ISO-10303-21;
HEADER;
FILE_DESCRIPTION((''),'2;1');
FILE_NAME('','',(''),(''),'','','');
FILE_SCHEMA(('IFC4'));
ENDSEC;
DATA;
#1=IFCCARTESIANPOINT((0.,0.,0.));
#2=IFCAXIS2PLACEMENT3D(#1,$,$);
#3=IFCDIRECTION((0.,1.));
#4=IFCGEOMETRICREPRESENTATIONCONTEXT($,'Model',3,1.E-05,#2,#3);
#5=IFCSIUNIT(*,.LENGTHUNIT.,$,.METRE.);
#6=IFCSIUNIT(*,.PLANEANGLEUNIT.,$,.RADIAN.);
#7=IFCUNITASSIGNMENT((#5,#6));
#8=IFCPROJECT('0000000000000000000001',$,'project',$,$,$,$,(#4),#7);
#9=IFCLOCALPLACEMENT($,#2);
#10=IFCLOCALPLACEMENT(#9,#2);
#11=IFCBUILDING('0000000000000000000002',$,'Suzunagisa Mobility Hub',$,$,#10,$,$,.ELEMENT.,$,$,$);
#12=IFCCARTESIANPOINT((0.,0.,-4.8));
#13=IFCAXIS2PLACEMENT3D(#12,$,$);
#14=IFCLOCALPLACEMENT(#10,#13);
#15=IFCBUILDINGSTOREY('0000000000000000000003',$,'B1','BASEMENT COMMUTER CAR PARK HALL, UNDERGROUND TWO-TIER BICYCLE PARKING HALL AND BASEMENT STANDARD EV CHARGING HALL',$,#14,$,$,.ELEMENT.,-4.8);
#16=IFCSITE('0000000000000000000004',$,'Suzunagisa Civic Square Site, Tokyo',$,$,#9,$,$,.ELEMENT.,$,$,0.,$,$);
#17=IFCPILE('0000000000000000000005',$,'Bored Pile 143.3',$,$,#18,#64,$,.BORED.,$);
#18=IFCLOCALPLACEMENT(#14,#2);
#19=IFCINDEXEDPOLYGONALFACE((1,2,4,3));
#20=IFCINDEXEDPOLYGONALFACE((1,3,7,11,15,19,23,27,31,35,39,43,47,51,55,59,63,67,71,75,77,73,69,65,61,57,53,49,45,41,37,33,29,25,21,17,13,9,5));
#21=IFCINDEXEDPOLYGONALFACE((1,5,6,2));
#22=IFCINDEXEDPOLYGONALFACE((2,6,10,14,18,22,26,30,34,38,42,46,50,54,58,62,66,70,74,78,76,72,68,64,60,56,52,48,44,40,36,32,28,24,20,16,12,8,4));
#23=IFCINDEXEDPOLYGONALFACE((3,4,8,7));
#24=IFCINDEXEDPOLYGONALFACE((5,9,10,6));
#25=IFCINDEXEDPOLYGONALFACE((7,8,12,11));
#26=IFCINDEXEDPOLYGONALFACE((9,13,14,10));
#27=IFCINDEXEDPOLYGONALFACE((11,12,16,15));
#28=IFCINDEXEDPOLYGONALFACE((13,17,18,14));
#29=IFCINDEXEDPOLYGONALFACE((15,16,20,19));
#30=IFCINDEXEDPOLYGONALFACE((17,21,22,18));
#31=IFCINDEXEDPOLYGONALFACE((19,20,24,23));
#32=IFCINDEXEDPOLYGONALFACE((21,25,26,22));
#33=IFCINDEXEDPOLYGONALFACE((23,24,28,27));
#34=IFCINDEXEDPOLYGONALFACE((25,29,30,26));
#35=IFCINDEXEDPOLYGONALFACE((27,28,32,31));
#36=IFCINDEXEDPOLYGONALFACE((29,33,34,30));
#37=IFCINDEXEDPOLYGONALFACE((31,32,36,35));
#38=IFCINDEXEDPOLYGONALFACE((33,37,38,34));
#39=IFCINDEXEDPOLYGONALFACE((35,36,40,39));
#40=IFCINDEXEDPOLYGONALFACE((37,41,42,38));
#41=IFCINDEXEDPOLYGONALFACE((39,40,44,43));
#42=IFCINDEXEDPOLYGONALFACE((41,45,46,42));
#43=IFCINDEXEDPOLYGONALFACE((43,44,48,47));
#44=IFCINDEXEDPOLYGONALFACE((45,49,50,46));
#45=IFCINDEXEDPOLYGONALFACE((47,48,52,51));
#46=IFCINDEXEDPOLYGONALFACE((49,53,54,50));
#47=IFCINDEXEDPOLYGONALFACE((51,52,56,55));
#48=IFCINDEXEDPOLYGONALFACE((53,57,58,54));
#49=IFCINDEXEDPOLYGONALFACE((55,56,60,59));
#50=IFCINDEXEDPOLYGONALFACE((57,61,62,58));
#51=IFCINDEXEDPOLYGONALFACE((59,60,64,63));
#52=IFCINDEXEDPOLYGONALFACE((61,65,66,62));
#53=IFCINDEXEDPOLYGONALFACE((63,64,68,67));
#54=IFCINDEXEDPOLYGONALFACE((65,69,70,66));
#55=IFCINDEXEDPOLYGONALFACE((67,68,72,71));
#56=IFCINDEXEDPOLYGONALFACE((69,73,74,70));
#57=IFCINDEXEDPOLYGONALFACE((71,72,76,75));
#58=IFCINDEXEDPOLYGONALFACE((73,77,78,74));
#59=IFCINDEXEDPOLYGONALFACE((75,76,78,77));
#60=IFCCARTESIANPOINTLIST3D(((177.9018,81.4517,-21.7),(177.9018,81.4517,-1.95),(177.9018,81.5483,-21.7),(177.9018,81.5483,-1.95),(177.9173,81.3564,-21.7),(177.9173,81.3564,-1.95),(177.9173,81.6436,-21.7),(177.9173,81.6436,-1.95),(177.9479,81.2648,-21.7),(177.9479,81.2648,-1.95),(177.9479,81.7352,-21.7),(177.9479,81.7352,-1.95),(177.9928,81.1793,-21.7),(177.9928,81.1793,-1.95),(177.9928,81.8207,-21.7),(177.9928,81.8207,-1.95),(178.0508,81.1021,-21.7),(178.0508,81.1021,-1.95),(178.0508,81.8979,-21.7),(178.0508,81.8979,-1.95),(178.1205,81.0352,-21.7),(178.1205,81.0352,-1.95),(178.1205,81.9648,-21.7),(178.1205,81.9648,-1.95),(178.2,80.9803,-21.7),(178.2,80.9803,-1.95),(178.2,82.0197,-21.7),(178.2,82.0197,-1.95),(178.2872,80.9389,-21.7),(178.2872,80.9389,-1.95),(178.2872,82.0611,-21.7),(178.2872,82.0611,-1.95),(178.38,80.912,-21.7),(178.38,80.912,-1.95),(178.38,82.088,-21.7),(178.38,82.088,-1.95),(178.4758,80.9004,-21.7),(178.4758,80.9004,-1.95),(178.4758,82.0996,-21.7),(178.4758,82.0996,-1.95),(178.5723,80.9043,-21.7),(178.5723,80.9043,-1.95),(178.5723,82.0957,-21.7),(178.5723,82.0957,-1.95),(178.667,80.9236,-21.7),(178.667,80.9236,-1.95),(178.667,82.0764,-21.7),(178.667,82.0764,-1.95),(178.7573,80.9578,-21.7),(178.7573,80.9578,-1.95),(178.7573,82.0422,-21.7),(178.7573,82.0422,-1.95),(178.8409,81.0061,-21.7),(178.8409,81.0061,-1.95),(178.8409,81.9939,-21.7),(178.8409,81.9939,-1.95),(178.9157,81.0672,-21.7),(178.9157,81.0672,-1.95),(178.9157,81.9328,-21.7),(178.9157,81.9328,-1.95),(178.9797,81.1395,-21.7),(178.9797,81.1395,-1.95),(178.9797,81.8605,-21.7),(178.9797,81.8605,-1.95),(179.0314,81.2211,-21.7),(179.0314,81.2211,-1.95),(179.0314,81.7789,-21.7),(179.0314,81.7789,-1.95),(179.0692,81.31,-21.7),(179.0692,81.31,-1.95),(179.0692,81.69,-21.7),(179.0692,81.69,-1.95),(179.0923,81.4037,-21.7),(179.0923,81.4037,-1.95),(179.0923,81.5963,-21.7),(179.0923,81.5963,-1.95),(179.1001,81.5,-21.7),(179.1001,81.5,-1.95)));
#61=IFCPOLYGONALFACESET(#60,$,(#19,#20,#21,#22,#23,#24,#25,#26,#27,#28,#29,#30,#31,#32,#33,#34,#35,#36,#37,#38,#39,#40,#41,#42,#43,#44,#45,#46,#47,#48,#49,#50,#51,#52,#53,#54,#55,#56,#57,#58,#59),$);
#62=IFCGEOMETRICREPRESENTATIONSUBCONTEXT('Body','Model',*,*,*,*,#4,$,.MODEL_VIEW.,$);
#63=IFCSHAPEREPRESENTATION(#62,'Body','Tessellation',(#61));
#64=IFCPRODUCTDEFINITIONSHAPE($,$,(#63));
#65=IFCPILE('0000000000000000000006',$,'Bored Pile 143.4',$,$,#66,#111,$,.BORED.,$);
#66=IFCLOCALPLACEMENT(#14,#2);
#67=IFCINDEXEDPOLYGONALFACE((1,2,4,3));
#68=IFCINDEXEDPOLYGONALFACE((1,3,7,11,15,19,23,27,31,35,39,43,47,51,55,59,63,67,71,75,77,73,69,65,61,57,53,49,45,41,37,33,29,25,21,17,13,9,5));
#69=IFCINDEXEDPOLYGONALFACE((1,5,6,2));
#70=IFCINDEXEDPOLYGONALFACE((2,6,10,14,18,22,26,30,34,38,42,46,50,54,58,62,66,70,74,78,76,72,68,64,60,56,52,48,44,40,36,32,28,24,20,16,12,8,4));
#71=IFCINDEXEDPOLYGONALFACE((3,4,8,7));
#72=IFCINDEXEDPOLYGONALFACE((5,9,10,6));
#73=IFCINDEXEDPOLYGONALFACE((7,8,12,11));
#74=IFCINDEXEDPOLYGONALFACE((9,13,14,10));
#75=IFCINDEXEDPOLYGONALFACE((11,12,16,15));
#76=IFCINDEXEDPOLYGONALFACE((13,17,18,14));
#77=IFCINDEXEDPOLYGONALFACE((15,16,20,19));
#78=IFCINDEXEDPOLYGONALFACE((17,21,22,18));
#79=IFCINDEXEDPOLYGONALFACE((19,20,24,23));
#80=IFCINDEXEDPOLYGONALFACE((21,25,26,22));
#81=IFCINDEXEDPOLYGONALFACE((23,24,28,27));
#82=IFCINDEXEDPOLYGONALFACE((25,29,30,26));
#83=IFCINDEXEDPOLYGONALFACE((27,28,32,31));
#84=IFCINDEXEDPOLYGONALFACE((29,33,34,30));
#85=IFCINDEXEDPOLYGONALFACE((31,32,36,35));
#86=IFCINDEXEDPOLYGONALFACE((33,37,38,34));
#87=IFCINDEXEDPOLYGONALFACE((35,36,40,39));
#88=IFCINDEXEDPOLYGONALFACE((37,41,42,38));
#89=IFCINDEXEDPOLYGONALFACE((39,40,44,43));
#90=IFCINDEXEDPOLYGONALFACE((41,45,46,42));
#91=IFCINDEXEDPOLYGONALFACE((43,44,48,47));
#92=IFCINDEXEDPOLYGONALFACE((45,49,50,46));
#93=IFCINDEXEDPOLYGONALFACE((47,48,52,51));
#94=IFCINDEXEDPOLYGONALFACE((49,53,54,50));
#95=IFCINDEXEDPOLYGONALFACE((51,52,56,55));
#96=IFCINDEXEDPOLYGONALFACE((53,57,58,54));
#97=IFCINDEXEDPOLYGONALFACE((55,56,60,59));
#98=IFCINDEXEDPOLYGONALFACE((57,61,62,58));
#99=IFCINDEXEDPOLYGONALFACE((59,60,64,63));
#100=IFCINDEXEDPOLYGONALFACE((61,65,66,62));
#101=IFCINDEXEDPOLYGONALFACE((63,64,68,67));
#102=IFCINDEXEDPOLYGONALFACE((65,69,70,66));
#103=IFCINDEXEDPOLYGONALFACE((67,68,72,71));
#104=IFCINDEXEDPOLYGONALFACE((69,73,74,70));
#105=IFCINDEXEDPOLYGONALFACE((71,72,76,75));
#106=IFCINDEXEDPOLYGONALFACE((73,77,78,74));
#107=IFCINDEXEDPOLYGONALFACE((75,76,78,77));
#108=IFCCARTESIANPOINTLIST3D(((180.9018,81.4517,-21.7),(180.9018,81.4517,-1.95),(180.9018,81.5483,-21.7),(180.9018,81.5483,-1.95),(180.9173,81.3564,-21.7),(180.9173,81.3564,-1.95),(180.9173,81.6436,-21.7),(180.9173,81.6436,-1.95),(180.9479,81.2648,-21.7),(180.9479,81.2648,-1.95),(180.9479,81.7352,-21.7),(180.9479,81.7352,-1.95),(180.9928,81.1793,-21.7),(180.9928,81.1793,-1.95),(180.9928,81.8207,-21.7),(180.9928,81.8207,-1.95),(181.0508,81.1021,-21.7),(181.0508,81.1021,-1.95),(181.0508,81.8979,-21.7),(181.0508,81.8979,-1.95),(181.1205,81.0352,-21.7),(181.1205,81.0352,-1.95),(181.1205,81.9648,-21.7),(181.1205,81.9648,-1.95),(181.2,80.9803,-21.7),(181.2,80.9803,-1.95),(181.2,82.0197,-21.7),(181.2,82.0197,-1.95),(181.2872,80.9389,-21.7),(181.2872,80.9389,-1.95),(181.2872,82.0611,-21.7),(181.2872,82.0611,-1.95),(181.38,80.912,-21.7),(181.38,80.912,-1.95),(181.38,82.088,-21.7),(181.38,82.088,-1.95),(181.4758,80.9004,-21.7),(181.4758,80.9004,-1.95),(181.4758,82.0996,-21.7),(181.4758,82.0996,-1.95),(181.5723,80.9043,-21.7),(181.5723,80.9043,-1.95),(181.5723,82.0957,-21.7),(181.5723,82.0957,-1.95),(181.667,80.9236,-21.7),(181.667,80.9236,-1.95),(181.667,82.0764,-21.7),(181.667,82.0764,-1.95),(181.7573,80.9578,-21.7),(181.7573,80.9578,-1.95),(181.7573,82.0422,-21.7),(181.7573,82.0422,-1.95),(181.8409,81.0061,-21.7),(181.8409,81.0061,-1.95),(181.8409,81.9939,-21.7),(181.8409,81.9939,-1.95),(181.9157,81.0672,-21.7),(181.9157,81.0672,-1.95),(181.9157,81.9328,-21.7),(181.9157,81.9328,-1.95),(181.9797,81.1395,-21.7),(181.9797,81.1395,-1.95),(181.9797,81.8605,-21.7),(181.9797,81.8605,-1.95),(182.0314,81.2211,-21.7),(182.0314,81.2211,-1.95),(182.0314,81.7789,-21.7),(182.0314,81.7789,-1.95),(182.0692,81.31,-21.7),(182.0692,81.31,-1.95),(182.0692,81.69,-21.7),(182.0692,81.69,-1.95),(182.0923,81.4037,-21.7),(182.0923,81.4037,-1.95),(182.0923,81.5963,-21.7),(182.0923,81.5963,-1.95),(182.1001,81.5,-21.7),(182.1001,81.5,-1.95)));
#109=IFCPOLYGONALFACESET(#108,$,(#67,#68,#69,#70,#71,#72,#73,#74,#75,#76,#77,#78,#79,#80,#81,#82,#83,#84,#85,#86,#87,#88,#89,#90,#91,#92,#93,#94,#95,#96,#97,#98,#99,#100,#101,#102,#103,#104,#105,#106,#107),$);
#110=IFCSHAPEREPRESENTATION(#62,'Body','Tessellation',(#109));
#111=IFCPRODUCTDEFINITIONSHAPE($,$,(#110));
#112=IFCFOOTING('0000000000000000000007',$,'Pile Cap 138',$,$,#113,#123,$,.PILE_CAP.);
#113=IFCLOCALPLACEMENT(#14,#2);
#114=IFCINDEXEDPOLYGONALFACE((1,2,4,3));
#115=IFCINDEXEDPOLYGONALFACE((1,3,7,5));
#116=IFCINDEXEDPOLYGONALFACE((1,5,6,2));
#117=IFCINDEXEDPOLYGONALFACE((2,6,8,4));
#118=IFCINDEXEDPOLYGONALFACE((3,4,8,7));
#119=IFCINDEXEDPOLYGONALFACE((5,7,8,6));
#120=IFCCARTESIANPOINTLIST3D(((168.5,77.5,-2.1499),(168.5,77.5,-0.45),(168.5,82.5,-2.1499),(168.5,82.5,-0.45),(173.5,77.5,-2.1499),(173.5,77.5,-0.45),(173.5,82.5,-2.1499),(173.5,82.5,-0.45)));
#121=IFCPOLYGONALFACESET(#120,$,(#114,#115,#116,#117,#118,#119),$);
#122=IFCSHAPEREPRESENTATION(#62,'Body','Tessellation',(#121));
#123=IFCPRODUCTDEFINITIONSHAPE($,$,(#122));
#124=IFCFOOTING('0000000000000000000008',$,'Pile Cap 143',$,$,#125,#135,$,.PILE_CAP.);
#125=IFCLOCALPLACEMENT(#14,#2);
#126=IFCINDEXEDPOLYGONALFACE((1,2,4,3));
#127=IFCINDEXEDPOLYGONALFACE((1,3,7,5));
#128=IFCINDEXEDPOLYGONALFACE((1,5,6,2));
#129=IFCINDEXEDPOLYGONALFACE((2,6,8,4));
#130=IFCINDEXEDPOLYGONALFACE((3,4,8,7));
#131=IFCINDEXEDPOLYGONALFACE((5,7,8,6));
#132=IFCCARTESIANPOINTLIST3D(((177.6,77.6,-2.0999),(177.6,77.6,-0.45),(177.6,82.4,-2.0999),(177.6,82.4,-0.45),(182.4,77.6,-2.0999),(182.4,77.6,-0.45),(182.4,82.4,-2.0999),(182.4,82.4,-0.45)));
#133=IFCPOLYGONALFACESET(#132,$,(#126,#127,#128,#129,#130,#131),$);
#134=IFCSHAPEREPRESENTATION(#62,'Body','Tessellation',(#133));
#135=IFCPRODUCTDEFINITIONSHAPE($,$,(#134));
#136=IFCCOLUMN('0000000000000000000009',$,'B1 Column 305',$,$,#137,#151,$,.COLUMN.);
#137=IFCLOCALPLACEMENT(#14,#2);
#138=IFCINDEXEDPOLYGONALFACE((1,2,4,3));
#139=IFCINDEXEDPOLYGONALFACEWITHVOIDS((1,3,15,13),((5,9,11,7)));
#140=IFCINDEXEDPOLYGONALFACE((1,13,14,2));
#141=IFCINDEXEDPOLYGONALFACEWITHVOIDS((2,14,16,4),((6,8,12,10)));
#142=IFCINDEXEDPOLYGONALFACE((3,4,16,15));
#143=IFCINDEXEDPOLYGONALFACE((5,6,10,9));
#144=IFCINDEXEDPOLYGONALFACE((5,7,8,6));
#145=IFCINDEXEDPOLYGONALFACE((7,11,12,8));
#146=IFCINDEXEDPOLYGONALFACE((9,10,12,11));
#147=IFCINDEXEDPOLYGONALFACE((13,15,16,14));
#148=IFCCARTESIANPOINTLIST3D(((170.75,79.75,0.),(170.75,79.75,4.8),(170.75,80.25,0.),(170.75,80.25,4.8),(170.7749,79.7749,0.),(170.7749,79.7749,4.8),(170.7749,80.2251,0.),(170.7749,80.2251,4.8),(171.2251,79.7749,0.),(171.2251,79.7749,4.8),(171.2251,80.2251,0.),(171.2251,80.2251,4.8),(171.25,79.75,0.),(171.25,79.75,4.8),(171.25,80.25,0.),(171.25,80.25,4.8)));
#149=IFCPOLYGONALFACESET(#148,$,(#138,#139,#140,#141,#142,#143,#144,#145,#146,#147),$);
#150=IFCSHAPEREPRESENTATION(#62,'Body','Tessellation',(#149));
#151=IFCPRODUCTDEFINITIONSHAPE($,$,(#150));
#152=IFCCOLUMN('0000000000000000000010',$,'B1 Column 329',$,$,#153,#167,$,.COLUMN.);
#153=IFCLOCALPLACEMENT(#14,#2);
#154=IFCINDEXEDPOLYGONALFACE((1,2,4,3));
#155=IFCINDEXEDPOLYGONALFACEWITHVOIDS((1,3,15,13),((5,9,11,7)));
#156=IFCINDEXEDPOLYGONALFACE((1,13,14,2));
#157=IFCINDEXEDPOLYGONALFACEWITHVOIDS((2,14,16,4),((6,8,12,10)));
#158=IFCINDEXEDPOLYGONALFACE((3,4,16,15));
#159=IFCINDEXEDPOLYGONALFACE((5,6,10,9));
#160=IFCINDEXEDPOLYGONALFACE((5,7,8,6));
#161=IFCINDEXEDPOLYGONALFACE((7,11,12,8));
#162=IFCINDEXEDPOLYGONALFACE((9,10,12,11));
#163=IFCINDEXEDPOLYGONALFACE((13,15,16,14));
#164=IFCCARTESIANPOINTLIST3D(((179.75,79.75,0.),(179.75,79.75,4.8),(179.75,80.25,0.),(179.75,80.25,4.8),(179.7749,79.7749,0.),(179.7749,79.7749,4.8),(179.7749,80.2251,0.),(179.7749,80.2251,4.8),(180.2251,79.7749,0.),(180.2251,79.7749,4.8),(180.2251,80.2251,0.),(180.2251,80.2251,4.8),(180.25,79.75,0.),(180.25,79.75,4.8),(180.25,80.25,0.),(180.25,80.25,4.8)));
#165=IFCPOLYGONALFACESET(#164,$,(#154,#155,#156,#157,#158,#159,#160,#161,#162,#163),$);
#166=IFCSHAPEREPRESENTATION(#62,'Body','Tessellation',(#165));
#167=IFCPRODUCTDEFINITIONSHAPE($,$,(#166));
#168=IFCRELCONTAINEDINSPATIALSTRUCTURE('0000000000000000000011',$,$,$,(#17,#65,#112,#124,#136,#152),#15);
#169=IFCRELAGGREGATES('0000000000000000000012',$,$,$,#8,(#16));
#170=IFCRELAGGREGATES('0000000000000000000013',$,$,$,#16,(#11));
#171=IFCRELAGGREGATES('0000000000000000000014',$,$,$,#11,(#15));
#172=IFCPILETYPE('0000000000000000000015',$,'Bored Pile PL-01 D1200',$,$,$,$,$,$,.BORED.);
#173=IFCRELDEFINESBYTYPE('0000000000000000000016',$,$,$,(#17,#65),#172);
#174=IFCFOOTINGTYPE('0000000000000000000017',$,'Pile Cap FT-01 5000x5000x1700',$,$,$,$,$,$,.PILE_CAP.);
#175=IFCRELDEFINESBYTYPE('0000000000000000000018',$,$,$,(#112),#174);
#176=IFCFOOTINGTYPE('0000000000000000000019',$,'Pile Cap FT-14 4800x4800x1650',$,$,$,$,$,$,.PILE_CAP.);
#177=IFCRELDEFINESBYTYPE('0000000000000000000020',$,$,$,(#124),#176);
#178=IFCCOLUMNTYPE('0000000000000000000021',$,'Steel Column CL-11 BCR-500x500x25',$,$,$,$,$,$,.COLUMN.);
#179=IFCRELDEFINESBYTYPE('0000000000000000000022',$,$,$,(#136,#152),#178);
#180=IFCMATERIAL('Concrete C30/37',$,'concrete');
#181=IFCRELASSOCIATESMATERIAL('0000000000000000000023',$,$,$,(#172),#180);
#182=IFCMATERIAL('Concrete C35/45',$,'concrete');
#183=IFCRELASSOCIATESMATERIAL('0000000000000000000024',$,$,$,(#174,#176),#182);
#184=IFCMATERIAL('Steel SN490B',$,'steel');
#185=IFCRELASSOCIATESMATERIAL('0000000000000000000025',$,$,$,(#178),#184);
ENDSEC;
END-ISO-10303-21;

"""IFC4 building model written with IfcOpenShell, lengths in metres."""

from ifc_helpers import new_model, si_unit, direction, frame, origin, origin_2d, place, context, subcontext, project, spatial, rectangle, hollow_rectangle, circle, extrude, material, material_profile, profile_set, type_object, element, save


model = new_model("IFC4")

# Units and contexts
model_context = context("Model", 3, precision=1e-05, world=origin(), true_north=direction((0.0, 1.0)))
body_context = subcontext(model_context, "Body", "Model", "MODEL_VIEW")
ifc_project = project(units=[si_unit("LENGTHUNIT", "METRE"), si_unit("PLANEANGLEUNIT", "RADIAN")], contexts=[model_context])

# Site, building, storey
site_placement = place(None, origin())
site = spatial("IfcSite", under=ifc_project, at=site_placement, Name="Suzunagisa Civic Square Site, Tokyo", CompositionType="ELEMENT", RefElevation=0.0)
building_placement = place(site_placement, origin())
building = spatial("IfcBuilding", under=site, at=building_placement, Name="Suzunagisa Mobility Hub", CompositionType="ELEMENT")
storey_placement = place(building_placement, frame((0.0, 0.0, -4.8)))
storey = spatial("IfcBuildingStorey", under=building, at=storey_placement, Name="B1", Description="BASEMENT COMMUTER CAR PARK HALL, UNDERGROUND TWO-TIER BICYCLE PARKING HALL AND BASEMENT STANDARD EV CHARGING HALL", CompositionType="ELEMENT", Elevation=-4.8)

# Piles
ifc_material_1 = material(Name="Concrete C30/37", Category="concrete")
ifc_material_profile_1 = material_profile(ifc_material_1, circle(Radius=0.6001, at=origin_2d()), Name="BORED PILE D1200")
ifc_profile_set_1 = profile_set([ifc_material_profile_1], Name="Concrete C30/37")
pile_type = type_object("IfcPileType", Name="Bored Pile PL-01 D1200", PredefinedType="BORED", material=ifc_profile_set_1)
for number, where, z_axis, x_axis, name in (
    (1, (178.5, 81.5, -1.95), (0.0, 0.0, -1.0), (1.0, 0.0, 0.0), "Bored Pile 143.3"),
    (2, (181.5, 81.5, -1.95), (0.0, 0.0, -1.0), (1.0, 0.0, 0.0), "Bored Pile 143.4"),
):
    element("IfcPile", number, at=place(storey_placement, frame(where, z_axis=z_axis, x_axis=x_axis)), inside=storey, type_object=pile_type, Name=name, PredefinedType="BORED", context=body_context, shape_type="SweptSolid", body=[
        extrude(circle(Radius=0.6001, at=origin_2d()), origin(), (0.0, 0.0, 1.0), 19.75),
    ])

# Footings
ifc_material_2 = material(Name="Concrete C35/45", Category="concrete")
footing_type_1 = type_object("IfcFootingType", Name="Pile Cap FT-01 5000x5000x1700", PredefinedType="PILE_CAP", material=ifc_material_2)
footing_1_placement = place(storey_placement, frame((171.0, 80.0, -2.1499), z_axis=(0.0, 0.0, 1.0), x_axis=(1.0, 0.0, 0.0)))
element("IfcFooting", 3, at=footing_1_placement, inside=storey, type_object=footing_type_1, Name="Pile Cap 138", PredefinedType="PILE_CAP", context=body_context, shape_type="SweptSolid", body=[
    extrude(rectangle(XDim=5.0, YDim=5.0, at=origin_2d()), origin(), (0.0, 0.0, 1.0), 1.7),
])
footing_type_2 = type_object("IfcFootingType", Name="Pile Cap FT-14 4800x4800x1650", PredefinedType="PILE_CAP", material=ifc_material_2)
footing_2_placement = place(storey_placement, frame((180.0, 80.0, -2.0999), z_axis=(0.0, 0.0, 1.0), x_axis=(1.0, 0.0, 0.0)))
element("IfcFooting", 4, at=footing_2_placement, inside=storey, type_object=footing_type_2, Name="Pile Cap 143", PredefinedType="PILE_CAP", context=body_context, shape_type="SweptSolid", body=[
    extrude(rectangle(XDim=4.8, YDim=4.8, at=origin_2d()), origin(), (0.0, 0.0, 1.0), 1.6499),
])

# Columns
ifc_material_3 = material(Name="Steel SN490B", Category="steel")
ifc_material_profile_2 = material_profile(ifc_material_3, hollow_rectangle(XDim=0.5, YDim=0.5, WallThickness=0.0249, at=origin_2d()), Name="BCR-500x500x25")
ifc_profile_set_2 = profile_set([ifc_material_profile_2], Name="Steel SN490B")
column_type = type_object("IfcColumnType", Name="Steel Column CL-11 BCR-500x500x25", PredefinedType="COLUMN", material=ifc_profile_set_2)
for number, where, z_axis, x_axis, name in (
    (5, (171.0, 80.0, 0.0), (0.0, 0.0, 1.0), (1.0, 0.0, 0.0), "B1 Column 305"),
    (6, (180.0, 80.0, 0.0), (0.0, 0.0, 1.0), (1.0, 0.0, 0.0), "B1 Column 329"),
):
    element("IfcColumn", number, at=place(storey_placement, frame(where, z_axis=z_axis, x_axis=x_axis)), inside=storey, type_object=column_type, Name=name, PredefinedType="COLUMN", context=body_context, shape_type="SweptSolid", body=[
        extrude(hollow_rectangle(XDim=0.5, YDim=0.5, WallThickness=0.0249, at=origin_2d()), origin(), (0.0, 0.0, 1.0), 4.8),
    ])

save(model, "model.ifc")
